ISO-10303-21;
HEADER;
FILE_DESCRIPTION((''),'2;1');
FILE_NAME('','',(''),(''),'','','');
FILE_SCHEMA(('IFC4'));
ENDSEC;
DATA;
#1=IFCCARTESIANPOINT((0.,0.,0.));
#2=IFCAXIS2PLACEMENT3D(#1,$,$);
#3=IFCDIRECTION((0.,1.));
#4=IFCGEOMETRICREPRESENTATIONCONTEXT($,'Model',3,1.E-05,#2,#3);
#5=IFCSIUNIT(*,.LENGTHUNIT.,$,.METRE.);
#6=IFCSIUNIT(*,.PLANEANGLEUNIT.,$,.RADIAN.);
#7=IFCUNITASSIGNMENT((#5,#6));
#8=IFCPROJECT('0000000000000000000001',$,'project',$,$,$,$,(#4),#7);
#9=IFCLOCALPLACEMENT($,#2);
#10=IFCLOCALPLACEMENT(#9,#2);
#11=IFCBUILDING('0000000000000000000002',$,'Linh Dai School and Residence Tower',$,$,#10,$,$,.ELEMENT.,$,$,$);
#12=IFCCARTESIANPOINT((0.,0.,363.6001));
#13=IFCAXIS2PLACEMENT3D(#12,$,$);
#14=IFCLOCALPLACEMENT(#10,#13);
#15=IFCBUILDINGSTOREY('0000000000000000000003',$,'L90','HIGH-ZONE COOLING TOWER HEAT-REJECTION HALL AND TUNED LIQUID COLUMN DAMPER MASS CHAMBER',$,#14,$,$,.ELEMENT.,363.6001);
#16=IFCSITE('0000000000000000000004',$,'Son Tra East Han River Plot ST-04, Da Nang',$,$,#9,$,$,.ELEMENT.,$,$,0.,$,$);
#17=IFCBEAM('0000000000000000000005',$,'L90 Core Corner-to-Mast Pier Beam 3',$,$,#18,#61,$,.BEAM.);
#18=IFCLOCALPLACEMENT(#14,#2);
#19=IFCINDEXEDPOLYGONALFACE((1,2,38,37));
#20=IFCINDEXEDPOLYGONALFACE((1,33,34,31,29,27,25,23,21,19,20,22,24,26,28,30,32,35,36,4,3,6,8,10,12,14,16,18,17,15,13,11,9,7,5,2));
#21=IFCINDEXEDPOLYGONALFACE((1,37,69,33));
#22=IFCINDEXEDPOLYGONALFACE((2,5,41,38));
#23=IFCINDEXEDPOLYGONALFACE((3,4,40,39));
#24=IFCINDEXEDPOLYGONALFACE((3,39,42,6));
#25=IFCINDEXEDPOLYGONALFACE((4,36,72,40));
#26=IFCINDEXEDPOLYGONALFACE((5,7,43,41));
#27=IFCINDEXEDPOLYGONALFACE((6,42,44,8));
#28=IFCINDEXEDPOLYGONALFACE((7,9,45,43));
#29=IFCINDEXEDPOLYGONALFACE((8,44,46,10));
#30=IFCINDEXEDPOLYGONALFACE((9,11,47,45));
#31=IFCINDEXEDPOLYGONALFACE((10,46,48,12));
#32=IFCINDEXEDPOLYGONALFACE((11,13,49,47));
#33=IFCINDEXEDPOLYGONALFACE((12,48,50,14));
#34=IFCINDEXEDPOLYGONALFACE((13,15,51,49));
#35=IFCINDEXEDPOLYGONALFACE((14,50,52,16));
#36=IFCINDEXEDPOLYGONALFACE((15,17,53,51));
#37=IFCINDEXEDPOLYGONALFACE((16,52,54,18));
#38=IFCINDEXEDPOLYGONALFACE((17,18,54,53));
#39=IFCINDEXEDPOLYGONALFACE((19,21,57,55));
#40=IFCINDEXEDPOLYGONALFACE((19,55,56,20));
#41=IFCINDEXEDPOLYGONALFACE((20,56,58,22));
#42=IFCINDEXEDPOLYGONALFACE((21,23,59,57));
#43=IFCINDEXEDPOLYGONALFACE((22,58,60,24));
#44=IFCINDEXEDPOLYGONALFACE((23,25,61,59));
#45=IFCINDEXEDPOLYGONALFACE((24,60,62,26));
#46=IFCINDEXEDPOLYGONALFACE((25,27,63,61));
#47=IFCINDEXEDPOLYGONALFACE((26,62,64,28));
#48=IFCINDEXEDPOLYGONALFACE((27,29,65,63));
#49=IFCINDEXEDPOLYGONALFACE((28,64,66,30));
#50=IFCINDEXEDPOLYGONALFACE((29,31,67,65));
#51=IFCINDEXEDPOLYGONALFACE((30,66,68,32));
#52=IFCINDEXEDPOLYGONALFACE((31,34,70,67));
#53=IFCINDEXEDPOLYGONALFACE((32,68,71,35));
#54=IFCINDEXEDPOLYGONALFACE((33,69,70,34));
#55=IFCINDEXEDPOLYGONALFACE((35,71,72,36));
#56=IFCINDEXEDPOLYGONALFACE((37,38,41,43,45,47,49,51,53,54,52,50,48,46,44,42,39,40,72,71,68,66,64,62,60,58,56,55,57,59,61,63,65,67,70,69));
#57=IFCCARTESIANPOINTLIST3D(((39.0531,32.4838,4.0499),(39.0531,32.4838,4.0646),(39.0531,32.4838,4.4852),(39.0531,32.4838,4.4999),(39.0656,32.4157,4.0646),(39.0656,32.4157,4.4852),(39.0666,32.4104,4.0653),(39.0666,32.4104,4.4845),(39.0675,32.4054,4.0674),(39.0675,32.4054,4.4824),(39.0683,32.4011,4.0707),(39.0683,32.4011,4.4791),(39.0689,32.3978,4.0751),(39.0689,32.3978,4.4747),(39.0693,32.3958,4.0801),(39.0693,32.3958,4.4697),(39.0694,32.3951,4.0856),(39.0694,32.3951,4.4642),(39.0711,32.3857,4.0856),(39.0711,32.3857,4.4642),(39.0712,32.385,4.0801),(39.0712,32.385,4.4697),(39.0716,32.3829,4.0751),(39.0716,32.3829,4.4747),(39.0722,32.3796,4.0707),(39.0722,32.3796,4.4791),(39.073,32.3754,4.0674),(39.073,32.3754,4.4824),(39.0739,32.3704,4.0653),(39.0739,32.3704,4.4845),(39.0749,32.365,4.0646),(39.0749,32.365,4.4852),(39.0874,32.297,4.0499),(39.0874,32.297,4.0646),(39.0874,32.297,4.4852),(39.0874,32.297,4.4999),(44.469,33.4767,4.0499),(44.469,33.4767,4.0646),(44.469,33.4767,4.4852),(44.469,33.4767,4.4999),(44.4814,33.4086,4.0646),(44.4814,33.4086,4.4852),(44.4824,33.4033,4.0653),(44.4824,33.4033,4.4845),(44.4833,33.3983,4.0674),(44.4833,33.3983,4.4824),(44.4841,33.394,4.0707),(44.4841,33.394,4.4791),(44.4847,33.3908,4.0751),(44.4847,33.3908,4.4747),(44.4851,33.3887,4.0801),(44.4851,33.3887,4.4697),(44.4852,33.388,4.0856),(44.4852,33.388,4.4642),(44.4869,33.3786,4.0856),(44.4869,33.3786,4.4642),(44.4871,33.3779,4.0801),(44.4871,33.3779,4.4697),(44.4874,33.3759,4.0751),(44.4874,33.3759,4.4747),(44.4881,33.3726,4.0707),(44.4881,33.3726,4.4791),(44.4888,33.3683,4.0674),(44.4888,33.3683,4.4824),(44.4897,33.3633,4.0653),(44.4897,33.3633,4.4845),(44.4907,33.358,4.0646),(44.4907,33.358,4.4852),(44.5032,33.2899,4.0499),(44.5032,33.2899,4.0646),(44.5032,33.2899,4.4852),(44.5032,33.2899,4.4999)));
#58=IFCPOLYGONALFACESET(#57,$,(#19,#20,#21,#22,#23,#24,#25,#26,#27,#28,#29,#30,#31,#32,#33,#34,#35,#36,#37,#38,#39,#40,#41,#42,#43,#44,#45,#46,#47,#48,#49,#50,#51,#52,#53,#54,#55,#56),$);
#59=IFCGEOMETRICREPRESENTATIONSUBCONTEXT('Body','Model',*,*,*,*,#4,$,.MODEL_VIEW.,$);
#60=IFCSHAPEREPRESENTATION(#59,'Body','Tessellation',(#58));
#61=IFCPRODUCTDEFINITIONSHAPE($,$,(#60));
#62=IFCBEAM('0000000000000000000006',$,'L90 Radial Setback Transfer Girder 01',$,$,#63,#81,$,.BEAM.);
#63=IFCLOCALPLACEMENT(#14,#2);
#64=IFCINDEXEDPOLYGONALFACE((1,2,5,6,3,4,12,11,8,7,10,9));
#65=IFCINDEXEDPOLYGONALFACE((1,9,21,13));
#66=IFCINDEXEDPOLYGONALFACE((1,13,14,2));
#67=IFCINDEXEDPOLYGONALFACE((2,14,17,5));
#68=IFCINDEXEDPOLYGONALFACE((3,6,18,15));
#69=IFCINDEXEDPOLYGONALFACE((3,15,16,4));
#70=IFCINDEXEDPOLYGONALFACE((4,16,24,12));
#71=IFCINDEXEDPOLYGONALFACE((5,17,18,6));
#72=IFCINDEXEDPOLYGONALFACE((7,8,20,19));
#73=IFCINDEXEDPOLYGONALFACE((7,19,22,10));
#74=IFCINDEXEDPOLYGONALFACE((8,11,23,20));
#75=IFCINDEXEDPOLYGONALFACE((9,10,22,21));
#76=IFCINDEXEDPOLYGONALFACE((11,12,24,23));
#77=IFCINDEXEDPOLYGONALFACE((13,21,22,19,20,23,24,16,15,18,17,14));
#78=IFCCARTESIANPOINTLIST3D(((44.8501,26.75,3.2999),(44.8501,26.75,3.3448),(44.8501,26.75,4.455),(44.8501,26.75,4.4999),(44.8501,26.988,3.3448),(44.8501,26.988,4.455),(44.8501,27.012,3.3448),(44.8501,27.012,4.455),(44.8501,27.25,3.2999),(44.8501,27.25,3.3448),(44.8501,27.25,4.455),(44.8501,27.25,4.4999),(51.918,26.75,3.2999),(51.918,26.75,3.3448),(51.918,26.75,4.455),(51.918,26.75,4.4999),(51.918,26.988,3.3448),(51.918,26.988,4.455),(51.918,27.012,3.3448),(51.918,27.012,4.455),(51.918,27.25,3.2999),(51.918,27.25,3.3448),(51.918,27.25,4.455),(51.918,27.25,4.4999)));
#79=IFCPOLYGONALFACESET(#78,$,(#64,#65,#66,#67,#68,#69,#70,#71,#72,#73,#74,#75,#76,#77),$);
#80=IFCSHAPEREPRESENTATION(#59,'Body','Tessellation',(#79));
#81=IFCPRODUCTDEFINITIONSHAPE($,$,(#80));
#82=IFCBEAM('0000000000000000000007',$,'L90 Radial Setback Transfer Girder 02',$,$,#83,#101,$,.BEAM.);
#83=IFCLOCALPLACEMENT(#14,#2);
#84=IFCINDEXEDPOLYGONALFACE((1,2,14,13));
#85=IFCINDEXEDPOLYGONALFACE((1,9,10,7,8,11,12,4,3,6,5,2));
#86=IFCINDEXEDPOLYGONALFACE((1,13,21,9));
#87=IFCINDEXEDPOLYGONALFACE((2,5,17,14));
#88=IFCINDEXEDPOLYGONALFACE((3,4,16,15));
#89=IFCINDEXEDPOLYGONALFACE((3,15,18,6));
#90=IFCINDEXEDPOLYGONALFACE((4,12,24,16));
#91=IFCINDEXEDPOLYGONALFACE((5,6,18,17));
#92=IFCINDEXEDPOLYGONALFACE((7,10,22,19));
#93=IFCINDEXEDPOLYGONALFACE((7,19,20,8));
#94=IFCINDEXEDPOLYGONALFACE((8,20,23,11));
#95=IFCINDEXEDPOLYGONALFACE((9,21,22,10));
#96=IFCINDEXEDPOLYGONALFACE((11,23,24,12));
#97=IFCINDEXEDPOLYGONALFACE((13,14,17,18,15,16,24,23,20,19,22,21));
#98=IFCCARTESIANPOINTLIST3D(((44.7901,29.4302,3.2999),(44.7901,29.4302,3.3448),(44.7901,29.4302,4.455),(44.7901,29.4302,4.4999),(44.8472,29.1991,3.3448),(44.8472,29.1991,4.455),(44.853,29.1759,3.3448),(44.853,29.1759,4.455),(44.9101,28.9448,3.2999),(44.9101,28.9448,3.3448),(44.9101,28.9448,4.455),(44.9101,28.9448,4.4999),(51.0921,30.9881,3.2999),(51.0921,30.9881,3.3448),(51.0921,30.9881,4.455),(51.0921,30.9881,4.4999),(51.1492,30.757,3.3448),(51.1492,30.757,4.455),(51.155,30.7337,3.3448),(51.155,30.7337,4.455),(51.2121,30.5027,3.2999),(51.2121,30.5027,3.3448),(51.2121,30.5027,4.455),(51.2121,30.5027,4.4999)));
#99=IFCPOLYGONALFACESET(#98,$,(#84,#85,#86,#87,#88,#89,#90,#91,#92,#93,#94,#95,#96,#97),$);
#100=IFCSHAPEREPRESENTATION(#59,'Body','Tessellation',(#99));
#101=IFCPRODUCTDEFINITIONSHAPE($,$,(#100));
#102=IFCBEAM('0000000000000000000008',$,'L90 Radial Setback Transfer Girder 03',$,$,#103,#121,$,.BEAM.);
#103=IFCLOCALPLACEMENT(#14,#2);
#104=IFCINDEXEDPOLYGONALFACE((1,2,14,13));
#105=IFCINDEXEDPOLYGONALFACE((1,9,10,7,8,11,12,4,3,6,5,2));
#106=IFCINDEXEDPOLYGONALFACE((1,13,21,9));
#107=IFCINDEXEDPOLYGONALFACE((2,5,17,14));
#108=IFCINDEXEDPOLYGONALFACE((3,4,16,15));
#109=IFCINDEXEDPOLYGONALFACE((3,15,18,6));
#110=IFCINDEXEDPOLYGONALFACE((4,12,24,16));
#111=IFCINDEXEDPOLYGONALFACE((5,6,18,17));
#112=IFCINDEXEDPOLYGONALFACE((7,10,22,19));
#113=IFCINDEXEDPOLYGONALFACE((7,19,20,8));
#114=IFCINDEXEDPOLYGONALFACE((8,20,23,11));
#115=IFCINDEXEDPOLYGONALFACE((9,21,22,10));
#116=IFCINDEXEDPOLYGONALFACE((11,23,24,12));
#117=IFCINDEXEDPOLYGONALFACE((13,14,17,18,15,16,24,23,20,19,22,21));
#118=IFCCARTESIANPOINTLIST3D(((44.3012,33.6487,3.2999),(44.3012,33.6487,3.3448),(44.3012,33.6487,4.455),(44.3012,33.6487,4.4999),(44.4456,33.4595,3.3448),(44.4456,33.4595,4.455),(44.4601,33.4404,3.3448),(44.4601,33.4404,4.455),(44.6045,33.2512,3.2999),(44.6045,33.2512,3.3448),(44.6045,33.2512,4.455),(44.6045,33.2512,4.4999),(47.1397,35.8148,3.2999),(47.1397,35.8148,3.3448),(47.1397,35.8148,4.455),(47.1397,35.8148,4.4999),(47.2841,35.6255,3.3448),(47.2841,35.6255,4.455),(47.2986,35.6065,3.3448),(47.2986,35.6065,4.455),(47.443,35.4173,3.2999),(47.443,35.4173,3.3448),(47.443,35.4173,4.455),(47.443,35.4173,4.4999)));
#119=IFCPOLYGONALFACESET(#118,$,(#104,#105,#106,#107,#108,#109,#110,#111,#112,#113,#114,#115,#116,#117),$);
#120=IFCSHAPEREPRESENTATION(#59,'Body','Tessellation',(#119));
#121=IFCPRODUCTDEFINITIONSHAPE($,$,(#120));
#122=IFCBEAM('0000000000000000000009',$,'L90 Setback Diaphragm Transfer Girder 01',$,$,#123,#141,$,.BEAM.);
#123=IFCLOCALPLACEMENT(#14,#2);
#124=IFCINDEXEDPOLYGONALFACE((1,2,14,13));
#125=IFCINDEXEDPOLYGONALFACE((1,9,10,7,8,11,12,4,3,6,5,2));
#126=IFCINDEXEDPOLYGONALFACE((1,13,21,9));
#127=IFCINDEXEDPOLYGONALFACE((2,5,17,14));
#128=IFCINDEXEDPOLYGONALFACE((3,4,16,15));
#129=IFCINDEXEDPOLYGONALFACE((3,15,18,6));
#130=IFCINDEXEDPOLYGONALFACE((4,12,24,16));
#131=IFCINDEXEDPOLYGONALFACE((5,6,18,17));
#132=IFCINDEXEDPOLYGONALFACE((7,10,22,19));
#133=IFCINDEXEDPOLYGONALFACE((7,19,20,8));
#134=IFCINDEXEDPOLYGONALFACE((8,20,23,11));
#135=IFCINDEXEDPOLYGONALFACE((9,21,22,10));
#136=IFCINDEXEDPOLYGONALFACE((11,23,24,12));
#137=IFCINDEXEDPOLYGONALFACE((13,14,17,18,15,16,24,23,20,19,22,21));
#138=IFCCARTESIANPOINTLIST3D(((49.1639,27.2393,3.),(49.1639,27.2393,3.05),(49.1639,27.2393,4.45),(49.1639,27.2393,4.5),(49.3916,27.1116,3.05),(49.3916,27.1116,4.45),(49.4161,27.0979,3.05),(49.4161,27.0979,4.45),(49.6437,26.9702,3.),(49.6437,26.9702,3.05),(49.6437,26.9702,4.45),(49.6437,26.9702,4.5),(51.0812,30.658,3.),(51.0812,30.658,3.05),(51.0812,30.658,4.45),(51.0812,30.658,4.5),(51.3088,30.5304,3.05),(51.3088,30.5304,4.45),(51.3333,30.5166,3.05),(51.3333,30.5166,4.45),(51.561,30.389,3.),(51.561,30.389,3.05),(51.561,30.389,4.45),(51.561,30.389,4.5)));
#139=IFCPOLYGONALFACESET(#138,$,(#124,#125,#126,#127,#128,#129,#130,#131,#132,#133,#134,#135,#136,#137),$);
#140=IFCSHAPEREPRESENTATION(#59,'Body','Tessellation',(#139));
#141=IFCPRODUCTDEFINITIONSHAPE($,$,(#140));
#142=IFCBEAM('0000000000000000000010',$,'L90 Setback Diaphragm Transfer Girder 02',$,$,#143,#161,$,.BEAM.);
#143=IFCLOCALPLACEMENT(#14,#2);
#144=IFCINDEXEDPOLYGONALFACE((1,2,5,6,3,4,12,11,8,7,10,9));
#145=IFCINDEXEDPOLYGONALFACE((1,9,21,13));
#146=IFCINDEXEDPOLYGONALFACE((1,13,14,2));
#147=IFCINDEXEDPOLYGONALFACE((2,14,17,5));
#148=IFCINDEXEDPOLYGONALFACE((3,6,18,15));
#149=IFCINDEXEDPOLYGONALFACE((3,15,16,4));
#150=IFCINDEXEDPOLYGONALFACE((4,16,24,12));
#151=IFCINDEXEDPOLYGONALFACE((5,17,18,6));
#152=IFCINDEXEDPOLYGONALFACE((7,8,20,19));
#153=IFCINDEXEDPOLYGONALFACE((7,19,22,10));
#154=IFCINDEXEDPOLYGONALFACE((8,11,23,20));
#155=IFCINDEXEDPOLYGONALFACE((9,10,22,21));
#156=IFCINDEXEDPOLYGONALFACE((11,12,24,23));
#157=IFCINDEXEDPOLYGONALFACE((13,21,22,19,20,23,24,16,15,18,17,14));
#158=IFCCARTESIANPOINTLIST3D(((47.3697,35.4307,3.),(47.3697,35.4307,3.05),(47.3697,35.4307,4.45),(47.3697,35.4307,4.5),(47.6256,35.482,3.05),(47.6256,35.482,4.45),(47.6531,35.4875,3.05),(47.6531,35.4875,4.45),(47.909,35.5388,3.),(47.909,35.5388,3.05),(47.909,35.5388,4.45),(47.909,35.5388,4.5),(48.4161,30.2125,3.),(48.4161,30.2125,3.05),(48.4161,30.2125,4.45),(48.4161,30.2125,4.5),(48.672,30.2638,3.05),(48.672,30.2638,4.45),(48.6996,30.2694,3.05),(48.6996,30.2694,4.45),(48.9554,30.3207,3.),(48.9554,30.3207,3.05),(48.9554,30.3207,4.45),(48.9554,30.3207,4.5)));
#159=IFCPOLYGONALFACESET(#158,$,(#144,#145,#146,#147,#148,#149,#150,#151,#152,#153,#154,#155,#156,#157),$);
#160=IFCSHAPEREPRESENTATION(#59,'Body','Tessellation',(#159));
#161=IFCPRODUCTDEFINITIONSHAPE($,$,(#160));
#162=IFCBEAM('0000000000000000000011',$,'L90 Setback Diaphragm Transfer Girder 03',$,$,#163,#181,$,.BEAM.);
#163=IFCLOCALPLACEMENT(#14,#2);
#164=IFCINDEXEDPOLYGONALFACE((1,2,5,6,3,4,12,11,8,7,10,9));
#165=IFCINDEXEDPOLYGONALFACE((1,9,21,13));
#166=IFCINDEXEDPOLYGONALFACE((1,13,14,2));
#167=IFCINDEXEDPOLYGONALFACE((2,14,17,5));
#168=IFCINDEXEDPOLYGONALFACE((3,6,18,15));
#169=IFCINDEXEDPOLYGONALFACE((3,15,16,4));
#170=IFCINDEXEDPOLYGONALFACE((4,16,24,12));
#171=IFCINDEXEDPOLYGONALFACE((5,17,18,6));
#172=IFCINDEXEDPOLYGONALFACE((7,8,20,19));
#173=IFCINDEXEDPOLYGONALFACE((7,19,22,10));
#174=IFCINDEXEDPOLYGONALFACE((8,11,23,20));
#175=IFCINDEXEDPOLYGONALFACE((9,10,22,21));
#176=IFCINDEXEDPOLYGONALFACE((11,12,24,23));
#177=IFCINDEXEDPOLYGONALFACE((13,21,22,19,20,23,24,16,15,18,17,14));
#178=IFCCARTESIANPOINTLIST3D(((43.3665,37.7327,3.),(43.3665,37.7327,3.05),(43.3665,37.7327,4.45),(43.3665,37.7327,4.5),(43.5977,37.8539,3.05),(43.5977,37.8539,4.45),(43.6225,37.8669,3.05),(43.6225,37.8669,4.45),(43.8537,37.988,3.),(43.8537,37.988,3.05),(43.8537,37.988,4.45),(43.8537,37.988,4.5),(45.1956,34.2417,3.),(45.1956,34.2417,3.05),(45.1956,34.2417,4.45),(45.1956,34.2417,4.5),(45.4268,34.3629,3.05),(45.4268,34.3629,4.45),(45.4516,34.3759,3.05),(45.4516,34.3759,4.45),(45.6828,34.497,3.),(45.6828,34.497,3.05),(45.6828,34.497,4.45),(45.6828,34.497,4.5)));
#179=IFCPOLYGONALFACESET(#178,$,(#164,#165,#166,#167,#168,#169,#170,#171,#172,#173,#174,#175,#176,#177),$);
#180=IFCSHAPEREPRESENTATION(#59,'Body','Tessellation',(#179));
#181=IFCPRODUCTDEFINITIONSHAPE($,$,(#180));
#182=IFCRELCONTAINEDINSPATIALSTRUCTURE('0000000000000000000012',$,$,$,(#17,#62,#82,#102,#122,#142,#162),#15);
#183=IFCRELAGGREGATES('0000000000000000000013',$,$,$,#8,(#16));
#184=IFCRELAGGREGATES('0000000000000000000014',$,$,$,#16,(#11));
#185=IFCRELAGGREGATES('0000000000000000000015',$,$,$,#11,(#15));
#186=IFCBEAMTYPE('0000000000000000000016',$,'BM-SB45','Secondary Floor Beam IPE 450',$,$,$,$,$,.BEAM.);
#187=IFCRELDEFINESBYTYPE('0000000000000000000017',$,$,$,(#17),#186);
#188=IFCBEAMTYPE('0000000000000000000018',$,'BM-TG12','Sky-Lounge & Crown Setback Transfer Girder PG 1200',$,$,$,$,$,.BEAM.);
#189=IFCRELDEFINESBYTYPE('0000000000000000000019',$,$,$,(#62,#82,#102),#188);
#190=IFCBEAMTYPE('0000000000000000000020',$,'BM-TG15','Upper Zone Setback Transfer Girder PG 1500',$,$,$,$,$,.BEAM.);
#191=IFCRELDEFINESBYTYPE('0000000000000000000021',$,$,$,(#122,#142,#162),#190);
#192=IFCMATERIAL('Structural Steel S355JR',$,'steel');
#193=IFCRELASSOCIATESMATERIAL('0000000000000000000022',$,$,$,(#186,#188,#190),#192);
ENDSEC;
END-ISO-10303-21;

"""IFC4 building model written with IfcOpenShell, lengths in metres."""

from ifc_helpers import new_model, si_unit, direction, frame, origin, origin_2d, place, context, subcontext, project, spatial, i_section, extrude, material, material_profile, profile_set, type_object, element, save


model = new_model("IFC4")

# Units and contexts
model_context = context("Model", 3, precision=1e-05, world=origin(), true_north=direction((0.0, 1.0)))
body_context = subcontext(model_context, "Body", "Model", "MODEL_VIEW")
ifc_project = project(units=[si_unit("LENGTHUNIT", "METRE"), si_unit("PLANEANGLEUNIT", "RADIAN")], contexts=[model_context])

# Site, building, storey
site_placement = place(None, origin())
site = spatial("IfcSite", under=ifc_project, at=site_placement, Name="Son Tra East Han River Plot ST-04, Da Nang", CompositionType="ELEMENT", RefElevation=0.0)
building_placement = place(site_placement, origin())
building = spatial("IfcBuilding", under=site, at=building_placement, Name="Linh Dai School and Residence Tower", CompositionType="ELEMENT")
storey_placement = place(building_placement, frame((0.0, 0.0, 363.6001)))
storey = spatial("IfcBuildingStorey", under=building, at=storey_placement, Name="L90", Description="HIGH-ZONE COOLING TOWER HEAT-REJECTION HALL AND TUNED LIQUID COLUMN DAMPER MASS CHAMBER", CompositionType="ELEMENT", Elevation=363.6001)

# Shared definitions
ifc_material_1 = material(Name="Structural Steel S355JR", Category="steel")

# Beams
ifc_material_profile_1 = material_profile(ifc_material_1, i_section(OverallWidth=0.1899, OverallDepth=0.45, WebThickness=0.0095, FlangeThickness=0.0146, FilletRadius=0.021, at=origin_2d()), Name="IPE 450")
ifc_profile_set_1 = profile_set([ifc_material_profile_1], Name="Structural Steel S355JR")
beam_type_1 = type_object("IfcBeamType", Name="BM-SB45", Description="Secondary Floor Beam IPE 450", PredefinedType="BEAM", material=ifc_profile_set_1)
beam_1_placement = place(storey_placement, frame((44.4861, 33.3833, 4.2749), z_axis=(-0.983606, -0.180333, 0.0), x_axis=(0.180333, -0.983606, 0.0)))
element("IfcBeam", 1, at=beam_1_placement, inside=storey, type_object=beam_type_1, Name="L90 Core Corner-to-Mast Pier Beam 3", PredefinedType="BEAM", context=body_context, shape_type="SweptSolid", body=[
    extrude(i_section(OverallWidth=0.1899, OverallDepth=0.45, WebThickness=0.0095, FlangeThickness=0.0146, FilletRadius=0.021, at=origin_2d()), origin(), (0.0, 0.0, 1.0), 5.5061),
])
ifc_material_profile_2 = material_profile(ifc_material_1, i_section(OverallWidth=0.5, OverallDepth=1.2, WebThickness=0.0239, FlangeThickness=0.0449, at=origin_2d()), Name="PG 1200x500x24x45")
ifc_profile_set_2 = profile_set([ifc_material_profile_2], Name="Structural Steel S355JR")
beam_type_2 = type_object("IfcBeamType", Name="BM-TG12", Description="Sky-Lounge & Crown Setback Transfer Girder PG 1200", PredefinedType="BEAM", material=ifc_profile_set_2)
beam_2_placement = place(storey_placement, frame((44.8501, 27.0, 3.8999), z_axis=(1.0, 0.0, 0.0), x_axis=(0.0, 1.0, 0.0)))
element("IfcBeam", 2, at=beam_2_placement, inside=storey, type_object=beam_type_2, Name="L90 Radial Setback Transfer Girder 01", PredefinedType="BEAM", context=body_context, shape_type="SweptSolid", body=[
    extrude(i_section(OverallWidth=0.5, OverallDepth=1.2, WebThickness=0.0239, FlangeThickness=0.0449, at=origin_2d()), origin(), (0.0, 0.0, 1.0), 7.0679),
])
beam_3_placement = place(storey_placement, frame((44.8501, 29.1875, 3.8999), z_axis=(0.970778, 0.239977, 0.0), x_axis=(-0.239977, 0.970778, 0.0)))
element("IfcBeam", 3, at=beam_3_placement, inside=storey, type_object=beam_type_2, Name="L90 Radial Setback Transfer Girder 02", PredefinedType="BEAM", context=body_context, shape_type="SweptSolid", body=[
    extrude(i_section(OverallWidth=0.5, OverallDepth=1.2, WebThickness=0.0239, FlangeThickness=0.0449, at=origin_2d()), origin(), (0.0, 0.0, 1.0), 6.4917),
])
beam_4_placement = place(storey_placement, frame((44.4529, 33.45, 3.8999), z_axis=(0.794967, 0.606653, 0.0), x_axis=(-0.606653, 0.794967, 0.0)))
element("IfcBeam", 4, at=beam_4_placement, inside=storey, type_object=beam_type_2, Name="L90 Radial Setback Transfer Girder 03", PredefinedType="BEAM", context=body_context, shape_type="SweptSolid", body=[
    extrude(i_section(OverallWidth=0.5, OverallDepth=1.2, WebThickness=0.0239, FlangeThickness=0.0449, at=origin_2d()), origin(), (0.0, 0.0, 1.0), 3.5706),
])
ifc_material_profile_3 = material_profile(ifc_material_1, i_section(OverallWidth=0.55, OverallDepth=1.5, WebThickness=0.0281, FlangeThickness=0.05, at=origin_2d()), Name="PG 1500x550x28x50")
ifc_profile_set_3 = profile_set([ifc_material_profile_3], Name="Structural Steel S355JR")
beam_type_3 = type_object("IfcBeamType", Name="BM-TG15", Description="Upper Zone Setback Transfer Girder PG 1500", PredefinedType="BEAM", material=ifc_profile_set_3)
beam_5_placement = place(storey_placement, frame((49.4038, 27.1047, 3.75), z_axis=(0.48914, 0.872205, 0.0), x_axis=(-0.872205, 0.48914, 0.0)))
element("IfcBeam", 5, at=beam_5_placement, inside=storey, type_object=beam_type_3, Name="L90 Setback Diaphragm Transfer Girder 01", PredefinedType="BEAM", context=body_context, shape_type="SweptSolid", body=[
    extrude(i_section(OverallWidth=0.55, OverallDepth=1.5, WebThickness=0.0281, FlangeThickness=0.05, at=origin_2d()), origin(), (0.0, 0.0, 1.0), 3.9197),
])
beam_6_placement = place(storey_placement, frame((48.6858, 30.2666, 3.75), z_axis=(-0.196619, 0.98048, 0.0), x_axis=(-0.98048, -0.196619, 0.0)))
element("IfcBeam", 6, at=beam_6_placement, inside=storey, type_object=beam_type_3, Name="L90 Setback Diaphragm Transfer Girder 02", PredefinedType="BEAM", context=body_context, shape_type="SweptSolid", body=[
    extrude(i_section(OverallWidth=0.55, OverallDepth=1.5, WebThickness=0.0281, FlangeThickness=0.05, at=origin_2d()), origin(), (0.0, 0.0, 1.0), 5.322),
])
beam_7_placement = place(storey_placement, frame((45.4392, 34.3694, 3.75), z_axis=(-0.464107, 0.885779, 0.0), x_axis=(-0.885779, -0.464107, 0.0)))
element("IfcBeam", 7, at=beam_7_placement, inside=storey, type_object=beam_type_3, Name="L90 Setback Diaphragm Transfer Girder 03", PredefinedType="BEAM", context=body_context, shape_type="SweptSolid", body=[
    extrude(i_section(OverallWidth=0.55, OverallDepth=1.5, WebThickness=0.0281, FlangeThickness=0.05, at=origin_2d()), origin(), (0.0, 0.0, 1.0), 3.9412),
])

save(model, "model.ifc")
